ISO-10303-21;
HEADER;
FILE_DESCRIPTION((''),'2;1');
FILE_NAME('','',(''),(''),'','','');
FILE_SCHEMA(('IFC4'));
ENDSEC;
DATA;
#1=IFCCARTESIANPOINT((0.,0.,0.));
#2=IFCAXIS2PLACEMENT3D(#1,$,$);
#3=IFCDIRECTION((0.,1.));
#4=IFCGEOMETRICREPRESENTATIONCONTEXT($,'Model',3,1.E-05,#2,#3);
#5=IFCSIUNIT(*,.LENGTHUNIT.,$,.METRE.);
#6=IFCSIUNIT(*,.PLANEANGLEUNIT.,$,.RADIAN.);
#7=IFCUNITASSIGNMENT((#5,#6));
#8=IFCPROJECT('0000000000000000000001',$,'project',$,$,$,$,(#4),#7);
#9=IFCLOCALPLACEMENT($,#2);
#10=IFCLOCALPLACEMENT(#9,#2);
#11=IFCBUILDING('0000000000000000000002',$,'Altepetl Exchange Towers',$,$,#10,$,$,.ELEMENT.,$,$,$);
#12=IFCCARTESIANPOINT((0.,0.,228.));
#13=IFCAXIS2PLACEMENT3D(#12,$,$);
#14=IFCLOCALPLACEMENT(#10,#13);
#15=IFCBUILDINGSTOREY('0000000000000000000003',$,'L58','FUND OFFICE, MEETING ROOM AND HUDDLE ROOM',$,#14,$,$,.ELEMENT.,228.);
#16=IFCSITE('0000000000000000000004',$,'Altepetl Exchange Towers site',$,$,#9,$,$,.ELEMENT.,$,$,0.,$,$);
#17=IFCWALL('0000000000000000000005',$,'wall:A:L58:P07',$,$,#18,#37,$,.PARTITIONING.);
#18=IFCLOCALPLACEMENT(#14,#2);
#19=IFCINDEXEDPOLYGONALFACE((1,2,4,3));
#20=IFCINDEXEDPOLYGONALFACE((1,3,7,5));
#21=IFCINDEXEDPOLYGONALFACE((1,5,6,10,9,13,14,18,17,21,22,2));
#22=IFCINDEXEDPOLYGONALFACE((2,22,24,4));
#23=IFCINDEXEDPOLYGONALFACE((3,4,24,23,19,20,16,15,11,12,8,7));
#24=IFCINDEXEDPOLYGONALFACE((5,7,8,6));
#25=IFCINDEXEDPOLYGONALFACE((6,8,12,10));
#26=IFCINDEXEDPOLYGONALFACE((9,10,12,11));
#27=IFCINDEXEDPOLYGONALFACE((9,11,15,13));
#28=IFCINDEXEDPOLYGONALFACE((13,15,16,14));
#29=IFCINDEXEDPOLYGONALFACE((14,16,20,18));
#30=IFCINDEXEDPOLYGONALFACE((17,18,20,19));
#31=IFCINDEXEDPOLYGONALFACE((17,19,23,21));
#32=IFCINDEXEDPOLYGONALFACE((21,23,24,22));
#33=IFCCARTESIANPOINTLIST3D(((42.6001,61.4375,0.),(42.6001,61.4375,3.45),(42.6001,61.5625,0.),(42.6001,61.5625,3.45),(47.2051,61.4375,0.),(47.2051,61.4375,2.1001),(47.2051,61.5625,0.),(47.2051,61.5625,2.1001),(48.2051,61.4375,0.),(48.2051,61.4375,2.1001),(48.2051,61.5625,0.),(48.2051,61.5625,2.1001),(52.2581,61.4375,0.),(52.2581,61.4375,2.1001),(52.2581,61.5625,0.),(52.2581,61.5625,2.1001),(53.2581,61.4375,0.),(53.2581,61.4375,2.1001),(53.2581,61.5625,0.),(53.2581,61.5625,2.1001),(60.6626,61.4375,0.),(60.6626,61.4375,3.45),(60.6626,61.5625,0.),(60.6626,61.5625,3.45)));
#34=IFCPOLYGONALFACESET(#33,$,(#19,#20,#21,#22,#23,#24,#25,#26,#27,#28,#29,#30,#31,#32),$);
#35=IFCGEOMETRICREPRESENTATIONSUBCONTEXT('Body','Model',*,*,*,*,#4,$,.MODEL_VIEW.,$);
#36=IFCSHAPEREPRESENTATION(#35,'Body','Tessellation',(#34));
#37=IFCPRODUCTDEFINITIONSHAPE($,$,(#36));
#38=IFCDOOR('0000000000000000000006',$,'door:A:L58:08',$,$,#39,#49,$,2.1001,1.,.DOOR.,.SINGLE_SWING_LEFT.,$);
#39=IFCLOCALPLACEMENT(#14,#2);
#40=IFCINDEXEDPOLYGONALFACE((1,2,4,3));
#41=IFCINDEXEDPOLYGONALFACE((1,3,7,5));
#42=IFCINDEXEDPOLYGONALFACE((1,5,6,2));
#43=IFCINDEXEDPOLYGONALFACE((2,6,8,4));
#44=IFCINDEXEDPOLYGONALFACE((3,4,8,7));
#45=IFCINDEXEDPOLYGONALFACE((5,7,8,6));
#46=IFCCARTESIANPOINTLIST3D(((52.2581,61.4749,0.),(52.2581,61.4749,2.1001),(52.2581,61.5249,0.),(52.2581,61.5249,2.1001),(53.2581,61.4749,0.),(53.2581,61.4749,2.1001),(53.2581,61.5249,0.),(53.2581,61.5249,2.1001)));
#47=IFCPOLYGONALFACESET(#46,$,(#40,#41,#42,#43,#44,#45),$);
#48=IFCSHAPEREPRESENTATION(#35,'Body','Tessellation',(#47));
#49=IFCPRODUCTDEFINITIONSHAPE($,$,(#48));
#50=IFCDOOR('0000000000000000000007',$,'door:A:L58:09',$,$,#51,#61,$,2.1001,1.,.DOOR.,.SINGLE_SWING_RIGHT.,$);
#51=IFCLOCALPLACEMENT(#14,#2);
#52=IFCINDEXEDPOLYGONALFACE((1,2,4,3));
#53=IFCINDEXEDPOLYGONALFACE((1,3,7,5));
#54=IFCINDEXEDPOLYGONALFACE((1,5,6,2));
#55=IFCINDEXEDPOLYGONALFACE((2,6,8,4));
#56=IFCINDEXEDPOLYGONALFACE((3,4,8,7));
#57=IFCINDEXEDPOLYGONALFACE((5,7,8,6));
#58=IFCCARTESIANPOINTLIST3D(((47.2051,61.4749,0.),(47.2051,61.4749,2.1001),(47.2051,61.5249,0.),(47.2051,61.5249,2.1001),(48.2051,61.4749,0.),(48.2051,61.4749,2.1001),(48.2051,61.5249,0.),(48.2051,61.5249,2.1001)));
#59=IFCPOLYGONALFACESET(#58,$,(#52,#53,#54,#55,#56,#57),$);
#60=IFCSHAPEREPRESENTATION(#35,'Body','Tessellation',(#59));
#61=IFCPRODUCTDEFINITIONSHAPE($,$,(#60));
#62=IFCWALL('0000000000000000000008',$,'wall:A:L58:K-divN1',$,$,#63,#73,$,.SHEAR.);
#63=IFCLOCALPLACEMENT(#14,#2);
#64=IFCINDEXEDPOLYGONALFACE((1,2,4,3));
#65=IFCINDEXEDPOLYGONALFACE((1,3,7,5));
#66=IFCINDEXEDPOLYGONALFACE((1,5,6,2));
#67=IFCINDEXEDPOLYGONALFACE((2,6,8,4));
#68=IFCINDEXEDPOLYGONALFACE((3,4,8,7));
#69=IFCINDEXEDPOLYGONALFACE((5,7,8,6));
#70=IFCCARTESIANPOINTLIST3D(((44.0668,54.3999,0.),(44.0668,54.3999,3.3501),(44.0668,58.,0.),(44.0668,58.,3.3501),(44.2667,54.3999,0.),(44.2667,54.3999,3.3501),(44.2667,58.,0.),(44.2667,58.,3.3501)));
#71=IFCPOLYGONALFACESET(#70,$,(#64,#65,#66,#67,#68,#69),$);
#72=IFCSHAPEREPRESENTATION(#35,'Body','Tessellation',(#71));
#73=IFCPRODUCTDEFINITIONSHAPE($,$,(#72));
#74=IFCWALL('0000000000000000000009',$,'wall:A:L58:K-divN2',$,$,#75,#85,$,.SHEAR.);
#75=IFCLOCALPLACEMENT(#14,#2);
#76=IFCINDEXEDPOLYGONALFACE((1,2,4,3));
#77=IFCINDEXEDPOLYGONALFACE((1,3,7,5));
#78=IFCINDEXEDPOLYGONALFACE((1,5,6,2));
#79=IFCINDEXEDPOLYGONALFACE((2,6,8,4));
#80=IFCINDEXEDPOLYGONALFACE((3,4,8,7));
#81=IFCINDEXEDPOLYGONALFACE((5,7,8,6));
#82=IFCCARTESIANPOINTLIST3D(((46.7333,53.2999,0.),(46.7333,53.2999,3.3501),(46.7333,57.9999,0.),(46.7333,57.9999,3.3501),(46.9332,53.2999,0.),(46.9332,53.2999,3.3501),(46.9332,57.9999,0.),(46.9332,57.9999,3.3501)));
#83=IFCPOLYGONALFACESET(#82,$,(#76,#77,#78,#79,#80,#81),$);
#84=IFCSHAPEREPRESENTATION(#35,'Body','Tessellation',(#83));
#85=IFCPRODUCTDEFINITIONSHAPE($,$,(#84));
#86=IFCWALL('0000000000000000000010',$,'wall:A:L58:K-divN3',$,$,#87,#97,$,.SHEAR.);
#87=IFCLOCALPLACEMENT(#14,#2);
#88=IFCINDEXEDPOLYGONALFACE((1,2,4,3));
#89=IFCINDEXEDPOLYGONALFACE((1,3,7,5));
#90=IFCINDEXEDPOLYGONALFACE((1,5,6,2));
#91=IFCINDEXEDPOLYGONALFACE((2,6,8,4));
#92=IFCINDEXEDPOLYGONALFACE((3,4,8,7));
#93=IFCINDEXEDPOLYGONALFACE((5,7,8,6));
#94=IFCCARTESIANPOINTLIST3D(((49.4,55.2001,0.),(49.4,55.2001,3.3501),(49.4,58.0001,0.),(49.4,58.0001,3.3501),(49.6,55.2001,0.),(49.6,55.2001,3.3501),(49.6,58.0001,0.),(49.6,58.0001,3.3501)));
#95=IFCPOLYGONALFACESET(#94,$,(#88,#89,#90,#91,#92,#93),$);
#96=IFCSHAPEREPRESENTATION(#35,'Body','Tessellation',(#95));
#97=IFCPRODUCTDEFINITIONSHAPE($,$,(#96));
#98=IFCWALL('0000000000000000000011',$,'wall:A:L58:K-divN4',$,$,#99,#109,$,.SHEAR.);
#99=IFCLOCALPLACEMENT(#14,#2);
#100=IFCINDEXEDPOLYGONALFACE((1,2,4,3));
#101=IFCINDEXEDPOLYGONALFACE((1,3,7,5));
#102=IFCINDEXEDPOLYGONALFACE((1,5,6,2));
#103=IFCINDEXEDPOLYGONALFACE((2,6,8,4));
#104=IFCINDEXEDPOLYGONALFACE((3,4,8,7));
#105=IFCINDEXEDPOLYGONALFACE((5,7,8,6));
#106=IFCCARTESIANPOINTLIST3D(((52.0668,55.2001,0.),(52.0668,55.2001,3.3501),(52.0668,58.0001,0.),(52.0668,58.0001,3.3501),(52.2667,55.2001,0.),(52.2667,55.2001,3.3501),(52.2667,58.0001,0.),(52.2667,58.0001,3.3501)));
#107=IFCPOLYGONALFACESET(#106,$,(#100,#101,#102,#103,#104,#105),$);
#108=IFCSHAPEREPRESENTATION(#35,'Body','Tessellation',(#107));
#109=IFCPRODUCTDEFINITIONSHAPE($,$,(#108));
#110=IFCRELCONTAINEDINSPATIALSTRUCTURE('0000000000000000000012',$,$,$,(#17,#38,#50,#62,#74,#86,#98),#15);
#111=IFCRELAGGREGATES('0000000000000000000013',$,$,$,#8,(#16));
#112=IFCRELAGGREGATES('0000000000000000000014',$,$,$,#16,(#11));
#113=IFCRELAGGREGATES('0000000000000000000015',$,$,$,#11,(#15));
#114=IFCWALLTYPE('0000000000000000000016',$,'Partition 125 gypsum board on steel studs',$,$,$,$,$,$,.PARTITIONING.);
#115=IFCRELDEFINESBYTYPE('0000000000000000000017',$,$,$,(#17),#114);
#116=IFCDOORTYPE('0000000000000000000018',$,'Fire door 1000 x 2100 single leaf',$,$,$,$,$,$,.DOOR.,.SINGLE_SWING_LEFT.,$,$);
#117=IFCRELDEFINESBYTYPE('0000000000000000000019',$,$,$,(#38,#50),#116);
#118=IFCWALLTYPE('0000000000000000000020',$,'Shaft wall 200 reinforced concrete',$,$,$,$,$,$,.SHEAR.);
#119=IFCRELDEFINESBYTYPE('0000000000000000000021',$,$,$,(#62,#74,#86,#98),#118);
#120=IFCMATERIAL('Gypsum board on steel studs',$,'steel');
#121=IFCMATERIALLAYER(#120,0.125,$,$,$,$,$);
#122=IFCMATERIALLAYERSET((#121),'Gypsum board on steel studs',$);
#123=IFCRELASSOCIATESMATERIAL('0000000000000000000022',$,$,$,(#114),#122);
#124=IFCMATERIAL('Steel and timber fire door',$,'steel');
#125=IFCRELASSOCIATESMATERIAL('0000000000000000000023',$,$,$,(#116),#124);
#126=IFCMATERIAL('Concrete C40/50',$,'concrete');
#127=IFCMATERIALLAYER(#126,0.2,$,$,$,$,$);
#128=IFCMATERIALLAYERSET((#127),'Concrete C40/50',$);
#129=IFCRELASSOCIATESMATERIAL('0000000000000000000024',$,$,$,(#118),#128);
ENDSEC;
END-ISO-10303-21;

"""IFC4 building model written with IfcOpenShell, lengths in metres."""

from ifc_helpers import new_model, si_unit, direction, frame, frame_2d, origin, place, context, subcontext, project, spatial, rectangle, extrude, material, layer, layer_set, type_object, element, fill, save


model = new_model("IFC4")

# Units and contexts
model_context = context("Model", 3, precision=1e-05, world=origin(), true_north=direction((0.0, 1.0)))
body_context = subcontext(model_context, "Body", "Model", "MODEL_VIEW")
ifc_project = project(units=[si_unit("LENGTHUNIT", "METRE"), si_unit("PLANEANGLEUNIT", "RADIAN")], contexts=[model_context])

# Site, building, storey
site_placement = place(None, origin())
site = spatial("IfcSite", under=ifc_project, at=site_placement, Name="Altepetl Exchange Towers site", CompositionType="ELEMENT", RefElevation=0.0)
building_placement = place(site_placement, origin())
building = spatial("IfcBuilding", under=site, at=building_placement, Name="Altepetl Exchange Towers", CompositionType="ELEMENT")
storey_placement = place(building_placement, frame((0.0, 0.0, 228.0)))
storey = spatial("IfcBuildingStorey", under=building, at=storey_placement, Name="L58", Description="FUND OFFICE, MEETING ROOM AND HUDDLE ROOM", CompositionType="ELEMENT", Elevation=228.0)

# Wall, openings, doors
ifc_material_1 = material(Name="Gypsum board on steel studs", Category="steel")
ifc_layer_1 = layer(ifc_material_1, 0.125)
ifc_layer_set_1 = layer_set([ifc_layer_1], Name="Gypsum board on steel studs")
wall_type_1 = type_object("IfcWallType", Name="Partition 125 gypsum board on steel studs", PredefinedType="PARTITIONING", material=ifc_layer_set_1)
wall_1_placement = place(storey_placement, frame((42.6001, 61.5, 0.0)))
wall_1 = element("IfcWall", 1, at=wall_1_placement, inside=storey, type_object=wall_type_1, Name="wall:A:L58:P07", PredefinedType="PARTITIONING", context=body_context, shape_type="SweptSolid", body=[
    extrude(rectangle(XDim=18.0625, YDim=0.125, at=frame_2d((9.0312, 0.0))), origin(), (0.0, 0.0, 1.0), 3.45),
])
opening_1_placement = place(wall_1_placement, frame((9.658, 0.0, 0.0)))
opening_1 = element("IfcOpeningElement", 2, at=opening_1_placement, cuts=wall_1, PredefinedType="OPENING", context=body_context, shape_type="SweptSolid", body=[
    extrude(rectangle(XDim=1.0, YDim=2.1001, at=frame_2d((0.5, 1.05))), frame((0.0, 0.0725, 0.0), z_axis=(0.0, -1.0, 0.0), x_axis=(1.0, 0.0, 0.0)), (0.0, 0.0, 1.0), 0.145),
])
opening_2_placement = place(wall_1_placement, frame((4.605, 0.0, 0.0)))
opening_2 = element("IfcOpeningElement", 3, at=opening_2_placement, cuts=wall_1, PredefinedType="OPENING", context=body_context, shape_type="SweptSolid", body=[
    extrude(rectangle(XDim=1.0, YDim=2.1001, at=frame_2d((0.5, 1.05))), frame((0.0, 0.0725, 0.0), z_axis=(0.0, -1.0, 0.0), x_axis=(1.0, 0.0, 0.0)), (0.0, 0.0, 1.0), 0.145),
])
ifc_material_2 = material(Name="Steel and timber fire door", Category="steel")
door_type_1 = type_object("IfcDoorType", Name="Fire door 1000 x 2100 single leaf", OperationType="SINGLE_SWING_LEFT", PredefinedType="DOOR", material=ifc_material_2)
door_1_placement = place(opening_1_placement, origin())
door_1 = element("IfcDoor", 4, at=door_1_placement, inside=storey, type_object=door_type_1, Name="door:A:L58:08", OperationType="SINGLE_SWING_LEFT", OverallHeight=2.1001, OverallWidth=1.0, PredefinedType="DOOR", context=body_context, shape_type="SweptSolid", body=[
    extrude(rectangle(XDim=1.0, YDim=2.1001, at=frame_2d((0.5, 1.05))), frame((0.0, 0.0249, 0.0), z_axis=(0.0, -1.0, 0.0), x_axis=(1.0, 0.0, 0.0)), (0.0, 0.0, 1.0), 0.05),
])
fill(opening_1, door_1)
door_2_placement = place(opening_2_placement, origin())
door_2 = element("IfcDoor", 5, at=door_2_placement, inside=storey, type_object=door_type_1, Name="door:A:L58:09", OperationType="SINGLE_SWING_RIGHT", OverallHeight=2.1001, OverallWidth=1.0, PredefinedType="DOOR", context=body_context, shape_type="SweptSolid", body=[
    extrude(rectangle(XDim=1.0, YDim=2.1001, at=frame_2d((0.5, 1.05))), frame((0.0, 0.0249, 0.0), z_axis=(0.0, -1.0, 0.0), x_axis=(1.0, 0.0, 0.0)), (0.0, 0.0, 1.0), 0.05),
])
fill(opening_2, door_2)

# Walls
ifc_material_3 = material(Name="Concrete C40/50", Category="concrete")
ifc_layer_2 = layer(ifc_material_3, 0.2)
ifc_layer_set_2 = layer_set([ifc_layer_2], Name="Concrete C40/50")
wall_type_2 = type_object("IfcWallType", Name="Shaft wall 200 reinforced concrete", PredefinedType="SHEAR", material=ifc_layer_set_2)
wall_2_placement = place(storey_placement, frame((44.1667, 58.0, 0.0), z_axis=(0.0, 0.0, 1.0), x_axis=(0.0, -1.0, 0.0)))
element("IfcWall", 6, at=wall_2_placement, inside=storey, type_object=wall_type_2, Name="wall:A:L58:K-divN1", PredefinedType="SHEAR", context=body_context, shape_type="SweptSolid", body=[
    extrude(rectangle(XDim=3.6001, YDim=0.2, at=frame_2d((1.8, 0.0))), origin(), (0.0, 0.0, 1.0), 3.3501),
])
wall_3_placement = place(storey_placement, frame((46.8333, 58.0, 0.0), z_axis=(0.0, 0.0, 1.0), x_axis=(0.0, -1.0, 0.0)))
element("IfcWall", 7, at=wall_3_placement, inside=storey, type_object=wall_type_2, Name="wall:A:L58:K-divN2", PredefinedType="SHEAR", context=body_context, shape_type="SweptSolid", body=[
    extrude(rectangle(XDim=4.7, YDim=0.2, at=frame_2d((2.3501, 0.0))), origin(), (0.0, 0.0, 1.0), 3.3501),
])
for number, where, z_axis, x_axis, name in (
    (8, (49.5, 58.0, 0.0), (0.0, 0.0, 1.0), (0.0, -1.0, 0.0), "wall:A:L58:K-divN3"),
    (9, (52.1667, 58.0, 0.0), (0.0, 0.0, 1.0), (0.0, -1.0, 0.0), "wall:A:L58:K-divN4"),
):
    element("IfcWall", number, at=place(storey_placement, frame(where, z_axis=z_axis, x_axis=x_axis)), inside=storey, type_object=wall_type_2, Name=name, PredefinedType="SHEAR", context=body_context, shape_type="SweptSolid", body=[
        extrude(rectangle(XDim=2.8, YDim=0.2, at=frame_2d((1.3999, 0.0))), origin(), (0.0, 0.0, 1.0), 3.3501),
    ])

save(model, "model.ifc")
